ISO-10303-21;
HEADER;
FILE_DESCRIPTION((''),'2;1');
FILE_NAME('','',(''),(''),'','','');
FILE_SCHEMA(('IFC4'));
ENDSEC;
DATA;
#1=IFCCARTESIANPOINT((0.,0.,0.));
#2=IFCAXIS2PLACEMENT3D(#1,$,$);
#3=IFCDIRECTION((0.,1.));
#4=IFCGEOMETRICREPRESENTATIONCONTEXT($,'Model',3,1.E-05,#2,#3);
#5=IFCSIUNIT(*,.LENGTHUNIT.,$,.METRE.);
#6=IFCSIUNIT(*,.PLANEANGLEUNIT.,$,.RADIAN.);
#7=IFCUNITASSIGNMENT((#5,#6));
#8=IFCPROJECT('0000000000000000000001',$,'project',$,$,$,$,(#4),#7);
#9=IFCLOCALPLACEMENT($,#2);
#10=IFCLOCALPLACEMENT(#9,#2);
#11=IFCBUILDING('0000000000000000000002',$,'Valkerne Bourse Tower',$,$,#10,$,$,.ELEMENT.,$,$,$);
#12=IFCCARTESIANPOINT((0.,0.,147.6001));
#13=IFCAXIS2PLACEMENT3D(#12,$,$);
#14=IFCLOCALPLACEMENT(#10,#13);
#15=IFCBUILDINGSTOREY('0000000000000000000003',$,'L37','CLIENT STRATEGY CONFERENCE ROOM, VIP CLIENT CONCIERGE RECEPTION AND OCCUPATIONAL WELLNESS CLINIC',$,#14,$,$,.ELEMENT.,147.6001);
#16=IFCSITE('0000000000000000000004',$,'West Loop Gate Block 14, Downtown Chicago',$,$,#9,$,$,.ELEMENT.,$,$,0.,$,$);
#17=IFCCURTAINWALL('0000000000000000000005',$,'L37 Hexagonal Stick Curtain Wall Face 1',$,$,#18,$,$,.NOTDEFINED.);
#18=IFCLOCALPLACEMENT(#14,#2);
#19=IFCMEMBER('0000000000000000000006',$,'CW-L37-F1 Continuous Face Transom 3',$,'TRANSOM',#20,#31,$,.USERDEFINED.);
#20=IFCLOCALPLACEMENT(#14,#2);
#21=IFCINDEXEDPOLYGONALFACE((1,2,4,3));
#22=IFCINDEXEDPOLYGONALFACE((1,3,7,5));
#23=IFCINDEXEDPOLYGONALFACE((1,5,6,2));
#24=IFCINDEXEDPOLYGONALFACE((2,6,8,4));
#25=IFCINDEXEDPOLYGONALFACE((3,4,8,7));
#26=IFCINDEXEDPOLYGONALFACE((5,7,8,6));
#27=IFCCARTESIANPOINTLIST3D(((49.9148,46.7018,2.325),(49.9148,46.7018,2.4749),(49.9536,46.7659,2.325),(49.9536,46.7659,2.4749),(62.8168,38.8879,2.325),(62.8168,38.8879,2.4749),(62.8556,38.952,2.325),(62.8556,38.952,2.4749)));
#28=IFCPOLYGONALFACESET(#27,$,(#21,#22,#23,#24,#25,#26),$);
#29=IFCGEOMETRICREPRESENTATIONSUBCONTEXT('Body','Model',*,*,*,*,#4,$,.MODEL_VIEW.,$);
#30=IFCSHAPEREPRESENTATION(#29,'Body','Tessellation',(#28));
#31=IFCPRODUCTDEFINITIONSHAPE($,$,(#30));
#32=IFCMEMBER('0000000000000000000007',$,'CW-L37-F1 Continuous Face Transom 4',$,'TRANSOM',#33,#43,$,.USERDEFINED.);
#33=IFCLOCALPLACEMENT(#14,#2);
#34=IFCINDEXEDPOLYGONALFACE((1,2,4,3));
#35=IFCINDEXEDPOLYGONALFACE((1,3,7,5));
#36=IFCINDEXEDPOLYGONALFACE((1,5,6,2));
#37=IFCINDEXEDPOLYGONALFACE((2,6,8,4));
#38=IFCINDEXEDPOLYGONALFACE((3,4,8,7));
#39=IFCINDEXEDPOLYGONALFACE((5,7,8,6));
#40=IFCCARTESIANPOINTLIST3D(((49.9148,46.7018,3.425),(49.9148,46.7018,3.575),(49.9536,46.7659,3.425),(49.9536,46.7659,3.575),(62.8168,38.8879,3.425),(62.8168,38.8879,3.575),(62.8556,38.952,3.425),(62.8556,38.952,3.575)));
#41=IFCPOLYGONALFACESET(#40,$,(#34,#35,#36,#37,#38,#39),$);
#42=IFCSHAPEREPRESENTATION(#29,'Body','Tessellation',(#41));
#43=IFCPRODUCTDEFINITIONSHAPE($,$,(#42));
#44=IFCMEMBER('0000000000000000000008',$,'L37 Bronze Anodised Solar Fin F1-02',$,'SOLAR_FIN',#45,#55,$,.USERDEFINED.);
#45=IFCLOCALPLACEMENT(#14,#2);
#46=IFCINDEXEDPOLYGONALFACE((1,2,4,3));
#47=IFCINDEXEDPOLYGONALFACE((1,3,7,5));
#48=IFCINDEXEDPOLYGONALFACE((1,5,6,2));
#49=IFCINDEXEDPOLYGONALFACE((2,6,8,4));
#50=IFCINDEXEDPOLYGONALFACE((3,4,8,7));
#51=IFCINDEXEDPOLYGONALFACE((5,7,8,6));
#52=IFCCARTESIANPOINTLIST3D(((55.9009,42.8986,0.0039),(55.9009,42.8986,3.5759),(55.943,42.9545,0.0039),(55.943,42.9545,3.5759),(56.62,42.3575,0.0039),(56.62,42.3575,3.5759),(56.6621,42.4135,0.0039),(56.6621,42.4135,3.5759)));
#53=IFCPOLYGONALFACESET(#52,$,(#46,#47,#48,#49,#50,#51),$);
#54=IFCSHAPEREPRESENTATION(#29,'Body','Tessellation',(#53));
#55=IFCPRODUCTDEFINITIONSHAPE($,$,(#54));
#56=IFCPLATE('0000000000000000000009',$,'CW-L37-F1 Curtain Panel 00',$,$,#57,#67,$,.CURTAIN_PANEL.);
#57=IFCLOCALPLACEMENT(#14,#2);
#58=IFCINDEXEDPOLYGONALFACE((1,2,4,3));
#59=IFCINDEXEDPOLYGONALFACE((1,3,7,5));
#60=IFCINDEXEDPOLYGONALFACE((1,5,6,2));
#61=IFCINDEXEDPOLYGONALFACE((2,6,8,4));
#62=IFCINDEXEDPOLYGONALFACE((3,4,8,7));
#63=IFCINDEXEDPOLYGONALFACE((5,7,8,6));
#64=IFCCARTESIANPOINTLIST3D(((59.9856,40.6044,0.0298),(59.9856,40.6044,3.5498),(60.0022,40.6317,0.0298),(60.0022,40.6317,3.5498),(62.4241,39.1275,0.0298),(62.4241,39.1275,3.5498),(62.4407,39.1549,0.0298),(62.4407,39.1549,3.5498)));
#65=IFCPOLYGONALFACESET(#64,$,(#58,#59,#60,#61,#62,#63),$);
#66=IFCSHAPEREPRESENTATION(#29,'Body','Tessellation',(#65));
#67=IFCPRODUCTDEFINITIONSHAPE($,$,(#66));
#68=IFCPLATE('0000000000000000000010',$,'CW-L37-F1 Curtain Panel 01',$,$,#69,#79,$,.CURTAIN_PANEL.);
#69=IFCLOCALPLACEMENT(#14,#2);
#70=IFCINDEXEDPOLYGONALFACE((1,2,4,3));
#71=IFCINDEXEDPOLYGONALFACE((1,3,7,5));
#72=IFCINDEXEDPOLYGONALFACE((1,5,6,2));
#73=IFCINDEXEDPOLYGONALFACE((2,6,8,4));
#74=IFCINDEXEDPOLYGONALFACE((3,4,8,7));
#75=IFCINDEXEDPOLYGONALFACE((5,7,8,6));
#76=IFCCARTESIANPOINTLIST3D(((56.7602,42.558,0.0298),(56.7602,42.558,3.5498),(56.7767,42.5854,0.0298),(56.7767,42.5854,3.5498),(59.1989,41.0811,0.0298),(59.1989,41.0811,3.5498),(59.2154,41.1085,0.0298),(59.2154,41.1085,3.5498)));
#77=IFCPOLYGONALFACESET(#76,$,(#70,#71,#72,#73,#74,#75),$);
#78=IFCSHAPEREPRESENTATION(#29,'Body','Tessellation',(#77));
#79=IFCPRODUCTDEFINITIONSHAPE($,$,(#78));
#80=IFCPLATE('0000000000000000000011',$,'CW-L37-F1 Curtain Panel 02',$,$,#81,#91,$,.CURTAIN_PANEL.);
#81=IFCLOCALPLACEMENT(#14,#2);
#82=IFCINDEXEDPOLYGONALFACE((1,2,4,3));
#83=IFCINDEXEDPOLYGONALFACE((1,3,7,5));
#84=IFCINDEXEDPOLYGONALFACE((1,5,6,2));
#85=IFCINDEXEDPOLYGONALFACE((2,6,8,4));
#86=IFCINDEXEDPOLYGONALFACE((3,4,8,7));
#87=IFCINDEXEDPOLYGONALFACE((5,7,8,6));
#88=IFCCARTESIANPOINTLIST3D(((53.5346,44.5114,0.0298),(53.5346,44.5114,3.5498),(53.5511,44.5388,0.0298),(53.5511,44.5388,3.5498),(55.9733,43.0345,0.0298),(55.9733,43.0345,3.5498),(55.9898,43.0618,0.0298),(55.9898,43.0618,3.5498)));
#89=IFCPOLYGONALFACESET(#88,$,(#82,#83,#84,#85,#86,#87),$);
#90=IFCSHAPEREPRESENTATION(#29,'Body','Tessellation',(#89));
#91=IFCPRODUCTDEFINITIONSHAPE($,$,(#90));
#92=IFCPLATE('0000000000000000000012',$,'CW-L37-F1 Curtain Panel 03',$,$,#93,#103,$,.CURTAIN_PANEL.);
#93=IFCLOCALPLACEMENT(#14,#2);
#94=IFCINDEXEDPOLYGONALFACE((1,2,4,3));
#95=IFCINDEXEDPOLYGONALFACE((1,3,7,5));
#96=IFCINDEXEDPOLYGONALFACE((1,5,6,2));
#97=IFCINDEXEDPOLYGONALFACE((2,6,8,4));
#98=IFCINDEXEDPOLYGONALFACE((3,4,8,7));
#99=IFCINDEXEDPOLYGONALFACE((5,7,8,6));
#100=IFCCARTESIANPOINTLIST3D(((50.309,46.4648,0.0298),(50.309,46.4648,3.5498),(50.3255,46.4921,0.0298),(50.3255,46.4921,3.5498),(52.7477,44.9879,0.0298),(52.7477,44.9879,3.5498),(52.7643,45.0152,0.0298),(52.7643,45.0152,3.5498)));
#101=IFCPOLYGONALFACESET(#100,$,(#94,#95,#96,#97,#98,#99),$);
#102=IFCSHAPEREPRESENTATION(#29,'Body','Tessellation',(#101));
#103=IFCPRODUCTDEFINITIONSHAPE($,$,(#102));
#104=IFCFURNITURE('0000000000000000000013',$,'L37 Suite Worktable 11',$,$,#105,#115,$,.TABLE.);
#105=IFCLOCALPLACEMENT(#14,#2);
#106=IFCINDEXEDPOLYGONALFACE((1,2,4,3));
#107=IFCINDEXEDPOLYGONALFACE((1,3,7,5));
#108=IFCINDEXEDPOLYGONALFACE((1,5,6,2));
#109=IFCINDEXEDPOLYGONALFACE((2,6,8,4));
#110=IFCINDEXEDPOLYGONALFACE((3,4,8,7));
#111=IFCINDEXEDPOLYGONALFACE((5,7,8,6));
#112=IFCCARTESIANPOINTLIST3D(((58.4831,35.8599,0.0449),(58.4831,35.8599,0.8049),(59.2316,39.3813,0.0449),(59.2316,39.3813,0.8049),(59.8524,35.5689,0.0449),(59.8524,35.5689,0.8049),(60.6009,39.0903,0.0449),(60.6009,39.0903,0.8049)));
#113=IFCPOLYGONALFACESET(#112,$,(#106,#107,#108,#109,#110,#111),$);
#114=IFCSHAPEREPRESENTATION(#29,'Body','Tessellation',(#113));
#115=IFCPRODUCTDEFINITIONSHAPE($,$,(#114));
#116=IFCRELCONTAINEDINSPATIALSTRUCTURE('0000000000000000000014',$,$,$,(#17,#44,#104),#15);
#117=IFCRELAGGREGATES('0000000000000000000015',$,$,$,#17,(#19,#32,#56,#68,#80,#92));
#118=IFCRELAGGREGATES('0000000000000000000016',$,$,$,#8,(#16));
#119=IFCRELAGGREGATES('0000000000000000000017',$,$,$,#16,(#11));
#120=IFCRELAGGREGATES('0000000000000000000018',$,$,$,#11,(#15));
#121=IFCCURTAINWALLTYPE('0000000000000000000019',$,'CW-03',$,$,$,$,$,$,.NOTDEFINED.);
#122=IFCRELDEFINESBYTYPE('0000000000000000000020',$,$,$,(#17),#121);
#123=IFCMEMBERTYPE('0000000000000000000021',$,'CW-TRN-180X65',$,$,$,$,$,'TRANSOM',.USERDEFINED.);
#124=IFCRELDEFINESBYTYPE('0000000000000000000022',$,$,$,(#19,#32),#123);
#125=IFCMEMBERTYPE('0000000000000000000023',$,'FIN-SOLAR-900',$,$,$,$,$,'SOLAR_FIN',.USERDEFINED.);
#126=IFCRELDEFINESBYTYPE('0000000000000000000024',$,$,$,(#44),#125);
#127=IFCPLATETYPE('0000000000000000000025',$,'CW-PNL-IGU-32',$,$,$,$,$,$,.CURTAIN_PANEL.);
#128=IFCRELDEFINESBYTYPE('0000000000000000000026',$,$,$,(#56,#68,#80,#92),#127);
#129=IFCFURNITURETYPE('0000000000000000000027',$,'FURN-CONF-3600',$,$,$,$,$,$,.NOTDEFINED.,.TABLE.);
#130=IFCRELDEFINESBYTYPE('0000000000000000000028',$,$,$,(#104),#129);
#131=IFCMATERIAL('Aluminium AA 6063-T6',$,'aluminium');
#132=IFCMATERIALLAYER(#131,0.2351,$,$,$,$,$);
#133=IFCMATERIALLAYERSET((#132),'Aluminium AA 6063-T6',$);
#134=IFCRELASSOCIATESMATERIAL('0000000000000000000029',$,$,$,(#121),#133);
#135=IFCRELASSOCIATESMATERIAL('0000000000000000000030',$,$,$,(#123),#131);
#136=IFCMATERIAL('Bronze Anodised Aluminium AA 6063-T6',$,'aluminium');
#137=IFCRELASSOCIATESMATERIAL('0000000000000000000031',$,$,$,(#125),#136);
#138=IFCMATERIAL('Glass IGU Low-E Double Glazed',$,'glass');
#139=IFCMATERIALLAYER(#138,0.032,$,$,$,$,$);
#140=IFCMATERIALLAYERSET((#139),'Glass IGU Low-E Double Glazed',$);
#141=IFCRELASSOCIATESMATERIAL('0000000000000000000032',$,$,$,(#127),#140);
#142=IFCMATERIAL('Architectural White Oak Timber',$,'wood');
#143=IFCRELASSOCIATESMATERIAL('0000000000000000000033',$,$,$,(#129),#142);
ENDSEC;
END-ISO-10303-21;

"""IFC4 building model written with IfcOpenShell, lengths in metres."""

from ifc_helpers import new_model, si_unit, direction, frame, origin, origin_2d, place, context, subcontext, project, spatial, rectangle, extrude, material, layer, layer_set, material_profile, profile_set, type_object, element, aggregate, save


model = new_model("IFC4")

# Units and contexts
model_context = context("Model", 3, precision=1e-05, world=origin(), true_north=direction((0.0, 1.0)))
body_context = subcontext(model_context, "Body", "Model", "MODEL_VIEW")
ifc_project = project(units=[si_unit("LENGTHUNIT", "METRE"), si_unit("PLANEANGLEUNIT", "RADIAN")], contexts=[model_context])

# Site, building, storey
site_placement = place(None, origin())
site = spatial("IfcSite", under=ifc_project, at=site_placement, Name="West Loop Gate Block 14, Downtown Chicago", CompositionType="ELEMENT", RefElevation=0.0)
building_placement = place(site_placement, origin())
building = spatial("IfcBuilding", under=site, at=building_placement, Name="Valkerne Bourse Tower", CompositionType="ELEMENT")
storey_placement = place(building_placement, frame((0.0, 0.0, 147.6001)))
storey = spatial("IfcBuildingStorey", under=building, at=storey_placement, Name="L37", Description="CLIENT STRATEGY CONFERENCE ROOM, VIP CLIENT CONCIERGE RECEPTION AND OCCUPATIONAL WELLNESS CLINIC", CompositionType="ELEMENT", Elevation=147.6001)

# Curtain wall
ifc_material_1 = material(Name="Aluminium AA 6063-T6", Category="aluminium")
ifc_layer_1 = layer(ifc_material_1, 0.2351)
ifc_layer_set_1 = layer_set([ifc_layer_1], Name="Aluminium AA 6063-T6")
curtain_wall_type = type_object("IfcCurtainWallType", Name="CW-03", PredefinedType="NOTDEFINED", material=ifc_layer_set_1)
curtain_wall_1_placement = place(storey_placement, origin())
curtain_wall_1 = element("IfcCurtainWall", 1, at=curtain_wall_1_placement, inside=storey, type_object=curtain_wall_type, Name="L37 Hexagonal Stick Curtain Wall Face 1", PredefinedType="NOTDEFINED")

# Members
ifc_material_profile_1 = material_profile(ifc_material_1, rectangle(XDim=0.075, YDim=0.1499, at=origin_2d()), Name="CWT-75X150")
ifc_profile_set_1 = profile_set([ifc_material_profile_1], Name="Aluminium AA 6063-T6")
member_type_1 = type_object("IfcMemberType", Name="CW-TRN-180X65", ElementType="TRANSOM", PredefinedType="USERDEFINED", material=ifc_profile_set_1)
member_1_placement = place(storey_placement, frame((62.8362, 38.9199, 2.3999), z_axis=(-0.855359, 0.518036, 0.0), x_axis=(-0.518036, -0.855359, 0.0)))
member_1 = element("IfcMember", 2, at=member_1_placement, type_object=member_type_1, Name="CW-L37-F1 Continuous Face Transom 3", ObjectType="TRANSOM", PredefinedType="USERDEFINED", context=body_context, shape_type="SweptSolid", body=[
    extrude(rectangle(XDim=0.075, YDim=0.1499, at=origin_2d()), origin(), (0.0, 0.0, 1.0), 15.0837),
])
member_2_placement = place(storey_placement, frame((62.8362, 38.9199, 3.5), z_axis=(-0.855359, 0.518036, 0.0), x_axis=(-0.518036, -0.855359, 0.0)))
member_2 = element("IfcMember", 3, at=member_2_placement, type_object=member_type_1, Name="CW-L37-F1 Continuous Face Transom 4", ObjectType="TRANSOM", PredefinedType="USERDEFINED", context=body_context, shape_type="SweptSolid", body=[
    extrude(rectangle(XDim=0.075, YDim=0.1499, at=origin_2d()), origin(), (0.0, 0.0, 1.0), 15.0837),
])
ifc_material_2 = material(Name="Bronze Anodised Aluminium AA 6063-T6", Category="aluminium")
ifc_material_profile_2 = material_profile(ifc_material_2, rectangle(XDim=0.0701, YDim=0.8999, at=origin_2d()), Name="FIN-70X900")
ifc_profile_set_2 = profile_set([ifc_material_profile_2], Name="Bronze Anodised Aluminium AA 6063-T6")
member_type_2 = type_object("IfcMemberType", Name="FIN-SOLAR-900", ElementType="SOLAR_FIN", PredefinedType="USERDEFINED", material=ifc_profile_set_2)
member_3_placement = place(storey_placement, frame((56.2815, 42.656, 0.0039), z_axis=(0.0, 0.0, 1.0), x_axis=(0.601275, 0.799042, 0.0)))
element("IfcMember", 4, at=member_3_placement, inside=storey, type_object=member_type_2, Name="L37 Bronze Anodised Solar Fin F1-02", ObjectType="SOLAR_FIN", PredefinedType="USERDEFINED", context=body_context, shape_type="SweptSolid", body=[
    extrude(rectangle(XDim=0.0701, YDim=0.8999, at=origin_2d()), origin(), (0.0, 0.0, 1.0), 3.572),
])

# Plates
ifc_material_3 = material(Name="Glass IGU Low-E Double Glazed", Category="glass")
ifc_layer_2 = layer(ifc_material_3, 0.032)
ifc_layer_set_2 = layer_set([ifc_layer_2], Name="Glass IGU Low-E Double Glazed")
plate_type = type_object("IfcPlateType", Name="CW-PNL-IGU-32", PredefinedType="CURTAIN_PANEL", material=ifc_layer_set_2)
plate_1_placement = place(storey_placement, frame((61.2131, 39.8796, 0.0298), z_axis=(0.0, 0.0, 1.0), x_axis=(-0.855356, 0.51804, 0.0)))
plate_1 = element("IfcPlate", 5, at=plate_1_placement, type_object=plate_type, Name="CW-L37-F1 Curtain Panel 00", PredefinedType="CURTAIN_PANEL", context=body_context, shape_type="SweptSolid", body=[
    extrude(rectangle(XDim=2.8508, YDim=0.032, at=origin_2d()), origin(), (0.0, 0.0, 1.0), 3.52),
])
plate_2_placement = place(storey_placement, frame((57.9878, 41.8333, 0.0298), z_axis=(0.0, 0.0, 1.0), x_axis=(-0.855363, 0.518028, 0.0)))
plate_2 = element("IfcPlate", 6, at=plate_2_placement, type_object=plate_type, Name="CW-L37-F1 Curtain Panel 01", PredefinedType="CURTAIN_PANEL", context=body_context, shape_type="SweptSolid", body=[
    extrude(rectangle(XDim=2.8511, YDim=0.032, at=origin_2d()), origin(), (0.0, 0.0, 1.0), 3.52),
])
plate_3_placement = place(storey_placement, frame((54.7622, 43.7866, 0.0298), z_axis=(0.0, 0.0, 1.0), x_axis=(-0.855363, 0.518028, 0.0)))
plate_3 = element("IfcPlate", 7, at=plate_3_placement, type_object=plate_type, Name="CW-L37-F1 Curtain Panel 02", PredefinedType="CURTAIN_PANEL", context=body_context, shape_type="SweptSolid", body=[
    extrude(rectangle(XDim=2.8511, YDim=0.032, at=origin_2d()), origin(), (0.0, 0.0, 1.0), 3.52),
])
plate_4_placement = place(storey_placement, frame((51.5366, 45.74, 0.0298), z_axis=(0.0, 0.0, 1.0), x_axis=(-0.855375, 0.518009, 0.0)))
plate_4 = element("IfcPlate", 8, at=plate_4_placement, type_object=plate_type, Name="CW-L37-F1 Curtain Panel 03", PredefinedType="CURTAIN_PANEL", context=body_context, shape_type="SweptSolid", body=[
    extrude(rectangle(XDim=2.8511, YDim=0.032, at=origin_2d()), origin(), (0.0, 0.0, 1.0), 3.52),
])
aggregate(curtain_wall_1, [member_1, member_2, plate_1, plate_2, plate_3, plate_4])

# Furniture
ifc_material_4 = material(Name="Architectural White Oak Timber", Category="wood")
furniture_type = type_object("IfcFurnitureType", Name="FURN-CONF-3600", AssemblyPlace="NOTDEFINED", PredefinedType="TABLE", material=ifc_material_4)
furniture_placement = place(storey_placement, frame((59.542, 37.4751, 0.0449), z_axis=(0.0, 0.0, 1.0), x_axis=(0.207912, 0.978148, 0.0)))
element("IfcFurniture", 9, at=furniture_placement, inside=storey, type_object=furniture_type, Name="L37 Suite Worktable 11", PredefinedType="TABLE", context=body_context, shape_type="SweptSolid", body=[
    extrude(rectangle(XDim=3.6001, YDim=1.3999, at=origin_2d()), origin(), (0.0, 0.0, 1.0), 0.76),
])

save(model, "model.ifc")
